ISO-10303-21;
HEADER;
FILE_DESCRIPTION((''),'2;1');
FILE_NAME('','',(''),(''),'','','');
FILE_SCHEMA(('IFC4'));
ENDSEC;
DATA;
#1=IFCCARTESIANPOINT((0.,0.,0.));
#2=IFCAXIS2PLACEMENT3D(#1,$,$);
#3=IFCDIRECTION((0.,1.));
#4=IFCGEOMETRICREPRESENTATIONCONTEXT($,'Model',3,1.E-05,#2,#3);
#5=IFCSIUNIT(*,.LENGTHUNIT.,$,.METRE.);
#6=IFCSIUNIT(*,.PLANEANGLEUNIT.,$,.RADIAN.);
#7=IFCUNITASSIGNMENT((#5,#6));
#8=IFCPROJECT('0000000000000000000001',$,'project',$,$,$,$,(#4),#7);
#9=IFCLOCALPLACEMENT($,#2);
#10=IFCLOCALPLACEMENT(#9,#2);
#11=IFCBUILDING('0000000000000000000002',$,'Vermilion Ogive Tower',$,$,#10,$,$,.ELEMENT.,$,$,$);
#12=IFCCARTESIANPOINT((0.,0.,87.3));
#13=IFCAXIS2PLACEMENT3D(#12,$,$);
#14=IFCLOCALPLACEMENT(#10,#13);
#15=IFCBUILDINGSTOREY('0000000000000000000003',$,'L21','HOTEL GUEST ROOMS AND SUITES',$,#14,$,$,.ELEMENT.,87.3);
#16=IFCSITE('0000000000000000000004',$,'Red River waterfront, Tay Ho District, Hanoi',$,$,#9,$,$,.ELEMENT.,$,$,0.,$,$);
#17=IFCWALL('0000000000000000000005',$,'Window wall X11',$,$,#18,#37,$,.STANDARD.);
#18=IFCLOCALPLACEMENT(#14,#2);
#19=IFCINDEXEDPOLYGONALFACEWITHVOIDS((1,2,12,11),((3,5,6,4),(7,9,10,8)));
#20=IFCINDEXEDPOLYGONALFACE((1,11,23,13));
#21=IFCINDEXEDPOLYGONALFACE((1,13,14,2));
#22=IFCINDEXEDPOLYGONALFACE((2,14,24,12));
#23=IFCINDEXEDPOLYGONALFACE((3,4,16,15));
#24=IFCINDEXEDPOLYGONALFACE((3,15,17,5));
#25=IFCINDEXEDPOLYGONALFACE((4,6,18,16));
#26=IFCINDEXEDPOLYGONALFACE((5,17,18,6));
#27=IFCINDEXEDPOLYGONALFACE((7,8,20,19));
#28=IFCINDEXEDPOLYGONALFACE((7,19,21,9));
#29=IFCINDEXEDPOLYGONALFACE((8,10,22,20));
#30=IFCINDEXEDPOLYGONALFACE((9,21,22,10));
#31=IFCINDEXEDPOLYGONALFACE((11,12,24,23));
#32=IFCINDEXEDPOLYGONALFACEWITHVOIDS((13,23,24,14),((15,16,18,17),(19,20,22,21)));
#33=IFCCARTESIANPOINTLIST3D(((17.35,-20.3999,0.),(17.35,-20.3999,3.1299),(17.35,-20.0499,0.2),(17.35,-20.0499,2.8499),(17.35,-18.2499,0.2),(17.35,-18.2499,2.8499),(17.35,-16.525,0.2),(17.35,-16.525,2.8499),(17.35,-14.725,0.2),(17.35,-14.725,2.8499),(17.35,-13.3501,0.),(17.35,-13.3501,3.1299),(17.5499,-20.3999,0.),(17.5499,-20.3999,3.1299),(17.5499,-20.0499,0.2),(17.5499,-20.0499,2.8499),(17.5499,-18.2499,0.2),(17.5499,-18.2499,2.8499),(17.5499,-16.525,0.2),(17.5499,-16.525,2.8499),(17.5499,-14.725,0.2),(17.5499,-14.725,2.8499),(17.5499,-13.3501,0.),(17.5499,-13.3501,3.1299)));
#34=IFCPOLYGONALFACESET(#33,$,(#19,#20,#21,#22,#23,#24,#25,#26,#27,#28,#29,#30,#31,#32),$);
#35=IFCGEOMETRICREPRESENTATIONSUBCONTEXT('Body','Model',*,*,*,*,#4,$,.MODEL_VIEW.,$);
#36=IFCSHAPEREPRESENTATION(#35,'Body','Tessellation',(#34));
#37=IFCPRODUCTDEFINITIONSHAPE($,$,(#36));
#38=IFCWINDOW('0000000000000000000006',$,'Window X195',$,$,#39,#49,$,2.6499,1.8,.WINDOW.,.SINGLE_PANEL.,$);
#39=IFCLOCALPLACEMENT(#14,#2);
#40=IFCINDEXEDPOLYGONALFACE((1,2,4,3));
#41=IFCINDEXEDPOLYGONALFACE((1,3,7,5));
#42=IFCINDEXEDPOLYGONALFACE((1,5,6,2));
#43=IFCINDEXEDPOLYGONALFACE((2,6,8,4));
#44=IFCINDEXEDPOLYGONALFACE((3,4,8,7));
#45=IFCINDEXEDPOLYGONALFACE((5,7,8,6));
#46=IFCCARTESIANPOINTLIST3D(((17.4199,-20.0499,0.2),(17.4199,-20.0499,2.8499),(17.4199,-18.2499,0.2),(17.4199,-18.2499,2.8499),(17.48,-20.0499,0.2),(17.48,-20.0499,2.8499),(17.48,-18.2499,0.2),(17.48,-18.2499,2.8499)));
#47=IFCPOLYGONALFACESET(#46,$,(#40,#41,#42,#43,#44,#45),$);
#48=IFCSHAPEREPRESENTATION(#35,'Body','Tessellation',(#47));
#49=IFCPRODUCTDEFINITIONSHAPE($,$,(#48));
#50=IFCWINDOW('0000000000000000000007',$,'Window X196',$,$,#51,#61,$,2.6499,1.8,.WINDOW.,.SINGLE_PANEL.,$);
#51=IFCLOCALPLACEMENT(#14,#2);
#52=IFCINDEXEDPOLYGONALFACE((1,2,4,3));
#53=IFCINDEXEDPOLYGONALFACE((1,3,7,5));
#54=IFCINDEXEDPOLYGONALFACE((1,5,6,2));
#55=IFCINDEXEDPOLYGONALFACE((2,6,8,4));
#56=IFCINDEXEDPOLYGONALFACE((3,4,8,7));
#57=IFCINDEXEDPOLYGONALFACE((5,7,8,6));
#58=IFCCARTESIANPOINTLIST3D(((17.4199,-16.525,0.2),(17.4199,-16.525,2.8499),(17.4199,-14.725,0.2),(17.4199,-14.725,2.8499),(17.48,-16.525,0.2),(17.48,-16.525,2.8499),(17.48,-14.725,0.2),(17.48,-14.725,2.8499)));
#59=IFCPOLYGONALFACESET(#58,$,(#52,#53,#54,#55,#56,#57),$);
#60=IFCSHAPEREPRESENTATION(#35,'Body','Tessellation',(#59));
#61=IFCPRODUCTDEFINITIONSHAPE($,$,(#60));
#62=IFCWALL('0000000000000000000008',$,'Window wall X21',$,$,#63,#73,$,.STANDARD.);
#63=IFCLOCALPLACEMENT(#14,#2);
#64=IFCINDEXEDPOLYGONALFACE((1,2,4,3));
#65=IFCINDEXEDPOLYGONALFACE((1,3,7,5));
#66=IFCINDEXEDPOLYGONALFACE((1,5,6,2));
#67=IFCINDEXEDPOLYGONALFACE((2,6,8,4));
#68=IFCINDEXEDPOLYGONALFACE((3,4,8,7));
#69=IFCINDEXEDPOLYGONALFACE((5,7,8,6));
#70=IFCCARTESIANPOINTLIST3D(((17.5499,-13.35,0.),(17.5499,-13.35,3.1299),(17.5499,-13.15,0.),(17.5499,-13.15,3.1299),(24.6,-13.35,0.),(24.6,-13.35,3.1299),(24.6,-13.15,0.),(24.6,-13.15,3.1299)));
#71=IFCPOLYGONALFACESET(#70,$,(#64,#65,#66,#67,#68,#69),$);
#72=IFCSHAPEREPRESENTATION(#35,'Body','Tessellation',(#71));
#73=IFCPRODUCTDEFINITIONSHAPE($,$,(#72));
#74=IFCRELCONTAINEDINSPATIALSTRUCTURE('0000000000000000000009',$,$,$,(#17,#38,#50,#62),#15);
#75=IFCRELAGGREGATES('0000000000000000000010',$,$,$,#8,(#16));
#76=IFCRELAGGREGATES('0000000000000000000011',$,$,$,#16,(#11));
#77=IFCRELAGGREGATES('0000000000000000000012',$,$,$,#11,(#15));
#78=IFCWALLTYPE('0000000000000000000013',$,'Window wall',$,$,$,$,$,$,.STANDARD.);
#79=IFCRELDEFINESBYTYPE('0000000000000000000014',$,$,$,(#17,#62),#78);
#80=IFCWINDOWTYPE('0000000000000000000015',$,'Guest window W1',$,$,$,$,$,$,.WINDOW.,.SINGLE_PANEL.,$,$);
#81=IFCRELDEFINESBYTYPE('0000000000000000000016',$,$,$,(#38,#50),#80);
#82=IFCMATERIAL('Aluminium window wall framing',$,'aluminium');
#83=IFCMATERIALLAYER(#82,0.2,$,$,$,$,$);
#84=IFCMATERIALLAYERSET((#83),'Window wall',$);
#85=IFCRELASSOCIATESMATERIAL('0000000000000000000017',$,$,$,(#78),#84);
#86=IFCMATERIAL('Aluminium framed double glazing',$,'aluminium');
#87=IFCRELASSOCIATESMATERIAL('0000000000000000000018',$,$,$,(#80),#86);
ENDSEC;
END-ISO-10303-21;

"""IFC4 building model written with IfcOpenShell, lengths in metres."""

from ifc_helpers import new_model, si_unit, direction, frame, frame_2d, origin, place, context, subcontext, project, spatial, rectangle, extrude, material, layer, layer_set, type_object, element, fill, save


model = new_model("IFC4")

# Units and contexts
model_context = context("Model", 3, precision=1e-05, world=origin(), true_north=direction((0.0, 1.0)))
body_context = subcontext(model_context, "Body", "Model", "MODEL_VIEW")
ifc_project = project(units=[si_unit("LENGTHUNIT", "METRE"), si_unit("PLANEANGLEUNIT", "RADIAN")], contexts=[model_context])

# Site, building, storey
site_placement = place(None, origin())
site = spatial("IfcSite", under=ifc_project, at=site_placement, Name="Red River waterfront, Tay Ho District, Hanoi", CompositionType="ELEMENT", RefElevation=0.0)
building_placement = place(site_placement, origin())
building = spatial("IfcBuilding", under=site, at=building_placement, Name="Vermilion Ogive Tower", CompositionType="ELEMENT")
storey_placement = place(building_placement, frame((0.0, 0.0, 87.3)))
storey = spatial("IfcBuildingStorey", under=building, at=storey_placement, Name="L21", Description="HOTEL GUEST ROOMS AND SUITES", CompositionType="ELEMENT", Elevation=87.3)

# Wall, openings, windows
ifc_material_1 = material(Name="Aluminium window wall framing", Category="aluminium")
ifc_layer_1 = layer(ifc_material_1, 0.2)
ifc_layer_set_1 = layer_set([ifc_layer_1], Name="Window wall")
wall_type_1 = type_object("IfcWallType", Name="Window wall", PredefinedType="STANDARD", material=ifc_layer_set_1)
wall_1_placement = place(storey_placement, frame((17.45, -20.3999, 0.0), z_axis=(0.0, 0.0, 1.0), x_axis=(0.0, 1.0, 0.0)))
wall_1 = element("IfcWall", 1, at=wall_1_placement, inside=storey, type_object=wall_type_1, Name="Window wall X11", PredefinedType="STANDARD", context=body_context, shape_type="SweptSolid", body=[
    extrude(rectangle(XDim=7.0498, YDim=0.2, at=frame_2d((3.5249, 0.0))), origin(), (0.0, 0.0, 1.0), 3.1299),
])
opening_1_placement = place(wall_1_placement, frame((0.3501, 0.0, 0.2)))
opening_1 = element("IfcOpeningElement", 2, at=opening_1_placement, cuts=wall_1, PredefinedType="OPENING", context=body_context, shape_type="SweptSolid", body=[
    extrude(rectangle(XDim=1.8, YDim=2.6499, at=frame_2d((0.8999, 1.325))), frame((0.0, 0.1099, 0.0), z_axis=(0.0, -1.0, 0.0), x_axis=(1.0, 0.0, 0.0)), (0.0, 0.0, 1.0), 0.22),
])
opening_2_placement = place(wall_1_placement, frame((3.875, 0.0, 0.2)))
opening_2 = element("IfcOpeningElement", 3, at=opening_2_placement, cuts=wall_1, PredefinedType="OPENING", context=body_context, shape_type="SweptSolid", body=[
    extrude(rectangle(XDim=1.8, YDim=2.6499, at=frame_2d((0.8999, 1.325))), frame((0.0, 0.1099, 0.0), z_axis=(0.0, -1.0, 0.0), x_axis=(1.0, 0.0, 0.0)), (0.0, 0.0, 1.0), 0.22),
])
ifc_material_2 = material(Name="Aluminium framed double glazing", Category="aluminium")
window_type = type_object("IfcWindowType", Name="Guest window W1", PartitioningType="SINGLE_PANEL", PredefinedType="WINDOW", material=ifc_material_2)
window_1_placement = place(opening_1_placement, origin())
window_1 = element("IfcWindow", 4, at=window_1_placement, inside=storey, type_object=window_type, Name="Window X195", OverallHeight=2.6499, OverallWidth=1.8, PartitioningType="SINGLE_PANEL", PredefinedType="WINDOW", context=body_context, shape_type="SweptSolid", body=[
    extrude(rectangle(XDim=1.8, YDim=2.6499, at=frame_2d((0.8999, 1.325))), frame((0.0, 0.03, 0.0), z_axis=(0.0, -1.0, 0.0), x_axis=(1.0, 0.0, 0.0)), (0.0, 0.0, 1.0), 0.0601),
])
fill(opening_1, window_1)
window_2_placement = place(opening_2_placement, origin())
window_2 = element("IfcWindow", 5, at=window_2_placement, inside=storey, type_object=window_type, Name="Window X196", OverallHeight=2.6499, OverallWidth=1.8, PartitioningType="SINGLE_PANEL", PredefinedType="WINDOW", context=body_context, shape_type="SweptSolid", body=[
    extrude(rectangle(XDim=1.8, YDim=2.6499, at=frame_2d((0.8999, 1.325))), frame((0.0, 0.03, 0.0), z_axis=(0.0, -1.0, 0.0), x_axis=(1.0, 0.0, 0.0)), (0.0, 0.0, 1.0), 0.0601),
])
fill(opening_2, window_2)

# Wall
wall_2_placement = place(storey_placement, frame((17.55, -13.25, 0.0), z_axis=(0.0, 0.0, 1.0), x_axis=(1.0, 0.0, 0.0)))
element("IfcWall", 6, at=wall_2_placement, inside=storey, type_object=wall_type_1, Name="Window wall X21", PredefinedType="STANDARD", context=body_context, shape_type="SweptSolid", body=[
    extrude(rectangle(XDim=7.05, YDim=0.2, at=frame_2d((3.5249, 0.0))), origin(), (0.0, 0.0, 1.0), 3.1299),
])

save(model, "model.ifc")
